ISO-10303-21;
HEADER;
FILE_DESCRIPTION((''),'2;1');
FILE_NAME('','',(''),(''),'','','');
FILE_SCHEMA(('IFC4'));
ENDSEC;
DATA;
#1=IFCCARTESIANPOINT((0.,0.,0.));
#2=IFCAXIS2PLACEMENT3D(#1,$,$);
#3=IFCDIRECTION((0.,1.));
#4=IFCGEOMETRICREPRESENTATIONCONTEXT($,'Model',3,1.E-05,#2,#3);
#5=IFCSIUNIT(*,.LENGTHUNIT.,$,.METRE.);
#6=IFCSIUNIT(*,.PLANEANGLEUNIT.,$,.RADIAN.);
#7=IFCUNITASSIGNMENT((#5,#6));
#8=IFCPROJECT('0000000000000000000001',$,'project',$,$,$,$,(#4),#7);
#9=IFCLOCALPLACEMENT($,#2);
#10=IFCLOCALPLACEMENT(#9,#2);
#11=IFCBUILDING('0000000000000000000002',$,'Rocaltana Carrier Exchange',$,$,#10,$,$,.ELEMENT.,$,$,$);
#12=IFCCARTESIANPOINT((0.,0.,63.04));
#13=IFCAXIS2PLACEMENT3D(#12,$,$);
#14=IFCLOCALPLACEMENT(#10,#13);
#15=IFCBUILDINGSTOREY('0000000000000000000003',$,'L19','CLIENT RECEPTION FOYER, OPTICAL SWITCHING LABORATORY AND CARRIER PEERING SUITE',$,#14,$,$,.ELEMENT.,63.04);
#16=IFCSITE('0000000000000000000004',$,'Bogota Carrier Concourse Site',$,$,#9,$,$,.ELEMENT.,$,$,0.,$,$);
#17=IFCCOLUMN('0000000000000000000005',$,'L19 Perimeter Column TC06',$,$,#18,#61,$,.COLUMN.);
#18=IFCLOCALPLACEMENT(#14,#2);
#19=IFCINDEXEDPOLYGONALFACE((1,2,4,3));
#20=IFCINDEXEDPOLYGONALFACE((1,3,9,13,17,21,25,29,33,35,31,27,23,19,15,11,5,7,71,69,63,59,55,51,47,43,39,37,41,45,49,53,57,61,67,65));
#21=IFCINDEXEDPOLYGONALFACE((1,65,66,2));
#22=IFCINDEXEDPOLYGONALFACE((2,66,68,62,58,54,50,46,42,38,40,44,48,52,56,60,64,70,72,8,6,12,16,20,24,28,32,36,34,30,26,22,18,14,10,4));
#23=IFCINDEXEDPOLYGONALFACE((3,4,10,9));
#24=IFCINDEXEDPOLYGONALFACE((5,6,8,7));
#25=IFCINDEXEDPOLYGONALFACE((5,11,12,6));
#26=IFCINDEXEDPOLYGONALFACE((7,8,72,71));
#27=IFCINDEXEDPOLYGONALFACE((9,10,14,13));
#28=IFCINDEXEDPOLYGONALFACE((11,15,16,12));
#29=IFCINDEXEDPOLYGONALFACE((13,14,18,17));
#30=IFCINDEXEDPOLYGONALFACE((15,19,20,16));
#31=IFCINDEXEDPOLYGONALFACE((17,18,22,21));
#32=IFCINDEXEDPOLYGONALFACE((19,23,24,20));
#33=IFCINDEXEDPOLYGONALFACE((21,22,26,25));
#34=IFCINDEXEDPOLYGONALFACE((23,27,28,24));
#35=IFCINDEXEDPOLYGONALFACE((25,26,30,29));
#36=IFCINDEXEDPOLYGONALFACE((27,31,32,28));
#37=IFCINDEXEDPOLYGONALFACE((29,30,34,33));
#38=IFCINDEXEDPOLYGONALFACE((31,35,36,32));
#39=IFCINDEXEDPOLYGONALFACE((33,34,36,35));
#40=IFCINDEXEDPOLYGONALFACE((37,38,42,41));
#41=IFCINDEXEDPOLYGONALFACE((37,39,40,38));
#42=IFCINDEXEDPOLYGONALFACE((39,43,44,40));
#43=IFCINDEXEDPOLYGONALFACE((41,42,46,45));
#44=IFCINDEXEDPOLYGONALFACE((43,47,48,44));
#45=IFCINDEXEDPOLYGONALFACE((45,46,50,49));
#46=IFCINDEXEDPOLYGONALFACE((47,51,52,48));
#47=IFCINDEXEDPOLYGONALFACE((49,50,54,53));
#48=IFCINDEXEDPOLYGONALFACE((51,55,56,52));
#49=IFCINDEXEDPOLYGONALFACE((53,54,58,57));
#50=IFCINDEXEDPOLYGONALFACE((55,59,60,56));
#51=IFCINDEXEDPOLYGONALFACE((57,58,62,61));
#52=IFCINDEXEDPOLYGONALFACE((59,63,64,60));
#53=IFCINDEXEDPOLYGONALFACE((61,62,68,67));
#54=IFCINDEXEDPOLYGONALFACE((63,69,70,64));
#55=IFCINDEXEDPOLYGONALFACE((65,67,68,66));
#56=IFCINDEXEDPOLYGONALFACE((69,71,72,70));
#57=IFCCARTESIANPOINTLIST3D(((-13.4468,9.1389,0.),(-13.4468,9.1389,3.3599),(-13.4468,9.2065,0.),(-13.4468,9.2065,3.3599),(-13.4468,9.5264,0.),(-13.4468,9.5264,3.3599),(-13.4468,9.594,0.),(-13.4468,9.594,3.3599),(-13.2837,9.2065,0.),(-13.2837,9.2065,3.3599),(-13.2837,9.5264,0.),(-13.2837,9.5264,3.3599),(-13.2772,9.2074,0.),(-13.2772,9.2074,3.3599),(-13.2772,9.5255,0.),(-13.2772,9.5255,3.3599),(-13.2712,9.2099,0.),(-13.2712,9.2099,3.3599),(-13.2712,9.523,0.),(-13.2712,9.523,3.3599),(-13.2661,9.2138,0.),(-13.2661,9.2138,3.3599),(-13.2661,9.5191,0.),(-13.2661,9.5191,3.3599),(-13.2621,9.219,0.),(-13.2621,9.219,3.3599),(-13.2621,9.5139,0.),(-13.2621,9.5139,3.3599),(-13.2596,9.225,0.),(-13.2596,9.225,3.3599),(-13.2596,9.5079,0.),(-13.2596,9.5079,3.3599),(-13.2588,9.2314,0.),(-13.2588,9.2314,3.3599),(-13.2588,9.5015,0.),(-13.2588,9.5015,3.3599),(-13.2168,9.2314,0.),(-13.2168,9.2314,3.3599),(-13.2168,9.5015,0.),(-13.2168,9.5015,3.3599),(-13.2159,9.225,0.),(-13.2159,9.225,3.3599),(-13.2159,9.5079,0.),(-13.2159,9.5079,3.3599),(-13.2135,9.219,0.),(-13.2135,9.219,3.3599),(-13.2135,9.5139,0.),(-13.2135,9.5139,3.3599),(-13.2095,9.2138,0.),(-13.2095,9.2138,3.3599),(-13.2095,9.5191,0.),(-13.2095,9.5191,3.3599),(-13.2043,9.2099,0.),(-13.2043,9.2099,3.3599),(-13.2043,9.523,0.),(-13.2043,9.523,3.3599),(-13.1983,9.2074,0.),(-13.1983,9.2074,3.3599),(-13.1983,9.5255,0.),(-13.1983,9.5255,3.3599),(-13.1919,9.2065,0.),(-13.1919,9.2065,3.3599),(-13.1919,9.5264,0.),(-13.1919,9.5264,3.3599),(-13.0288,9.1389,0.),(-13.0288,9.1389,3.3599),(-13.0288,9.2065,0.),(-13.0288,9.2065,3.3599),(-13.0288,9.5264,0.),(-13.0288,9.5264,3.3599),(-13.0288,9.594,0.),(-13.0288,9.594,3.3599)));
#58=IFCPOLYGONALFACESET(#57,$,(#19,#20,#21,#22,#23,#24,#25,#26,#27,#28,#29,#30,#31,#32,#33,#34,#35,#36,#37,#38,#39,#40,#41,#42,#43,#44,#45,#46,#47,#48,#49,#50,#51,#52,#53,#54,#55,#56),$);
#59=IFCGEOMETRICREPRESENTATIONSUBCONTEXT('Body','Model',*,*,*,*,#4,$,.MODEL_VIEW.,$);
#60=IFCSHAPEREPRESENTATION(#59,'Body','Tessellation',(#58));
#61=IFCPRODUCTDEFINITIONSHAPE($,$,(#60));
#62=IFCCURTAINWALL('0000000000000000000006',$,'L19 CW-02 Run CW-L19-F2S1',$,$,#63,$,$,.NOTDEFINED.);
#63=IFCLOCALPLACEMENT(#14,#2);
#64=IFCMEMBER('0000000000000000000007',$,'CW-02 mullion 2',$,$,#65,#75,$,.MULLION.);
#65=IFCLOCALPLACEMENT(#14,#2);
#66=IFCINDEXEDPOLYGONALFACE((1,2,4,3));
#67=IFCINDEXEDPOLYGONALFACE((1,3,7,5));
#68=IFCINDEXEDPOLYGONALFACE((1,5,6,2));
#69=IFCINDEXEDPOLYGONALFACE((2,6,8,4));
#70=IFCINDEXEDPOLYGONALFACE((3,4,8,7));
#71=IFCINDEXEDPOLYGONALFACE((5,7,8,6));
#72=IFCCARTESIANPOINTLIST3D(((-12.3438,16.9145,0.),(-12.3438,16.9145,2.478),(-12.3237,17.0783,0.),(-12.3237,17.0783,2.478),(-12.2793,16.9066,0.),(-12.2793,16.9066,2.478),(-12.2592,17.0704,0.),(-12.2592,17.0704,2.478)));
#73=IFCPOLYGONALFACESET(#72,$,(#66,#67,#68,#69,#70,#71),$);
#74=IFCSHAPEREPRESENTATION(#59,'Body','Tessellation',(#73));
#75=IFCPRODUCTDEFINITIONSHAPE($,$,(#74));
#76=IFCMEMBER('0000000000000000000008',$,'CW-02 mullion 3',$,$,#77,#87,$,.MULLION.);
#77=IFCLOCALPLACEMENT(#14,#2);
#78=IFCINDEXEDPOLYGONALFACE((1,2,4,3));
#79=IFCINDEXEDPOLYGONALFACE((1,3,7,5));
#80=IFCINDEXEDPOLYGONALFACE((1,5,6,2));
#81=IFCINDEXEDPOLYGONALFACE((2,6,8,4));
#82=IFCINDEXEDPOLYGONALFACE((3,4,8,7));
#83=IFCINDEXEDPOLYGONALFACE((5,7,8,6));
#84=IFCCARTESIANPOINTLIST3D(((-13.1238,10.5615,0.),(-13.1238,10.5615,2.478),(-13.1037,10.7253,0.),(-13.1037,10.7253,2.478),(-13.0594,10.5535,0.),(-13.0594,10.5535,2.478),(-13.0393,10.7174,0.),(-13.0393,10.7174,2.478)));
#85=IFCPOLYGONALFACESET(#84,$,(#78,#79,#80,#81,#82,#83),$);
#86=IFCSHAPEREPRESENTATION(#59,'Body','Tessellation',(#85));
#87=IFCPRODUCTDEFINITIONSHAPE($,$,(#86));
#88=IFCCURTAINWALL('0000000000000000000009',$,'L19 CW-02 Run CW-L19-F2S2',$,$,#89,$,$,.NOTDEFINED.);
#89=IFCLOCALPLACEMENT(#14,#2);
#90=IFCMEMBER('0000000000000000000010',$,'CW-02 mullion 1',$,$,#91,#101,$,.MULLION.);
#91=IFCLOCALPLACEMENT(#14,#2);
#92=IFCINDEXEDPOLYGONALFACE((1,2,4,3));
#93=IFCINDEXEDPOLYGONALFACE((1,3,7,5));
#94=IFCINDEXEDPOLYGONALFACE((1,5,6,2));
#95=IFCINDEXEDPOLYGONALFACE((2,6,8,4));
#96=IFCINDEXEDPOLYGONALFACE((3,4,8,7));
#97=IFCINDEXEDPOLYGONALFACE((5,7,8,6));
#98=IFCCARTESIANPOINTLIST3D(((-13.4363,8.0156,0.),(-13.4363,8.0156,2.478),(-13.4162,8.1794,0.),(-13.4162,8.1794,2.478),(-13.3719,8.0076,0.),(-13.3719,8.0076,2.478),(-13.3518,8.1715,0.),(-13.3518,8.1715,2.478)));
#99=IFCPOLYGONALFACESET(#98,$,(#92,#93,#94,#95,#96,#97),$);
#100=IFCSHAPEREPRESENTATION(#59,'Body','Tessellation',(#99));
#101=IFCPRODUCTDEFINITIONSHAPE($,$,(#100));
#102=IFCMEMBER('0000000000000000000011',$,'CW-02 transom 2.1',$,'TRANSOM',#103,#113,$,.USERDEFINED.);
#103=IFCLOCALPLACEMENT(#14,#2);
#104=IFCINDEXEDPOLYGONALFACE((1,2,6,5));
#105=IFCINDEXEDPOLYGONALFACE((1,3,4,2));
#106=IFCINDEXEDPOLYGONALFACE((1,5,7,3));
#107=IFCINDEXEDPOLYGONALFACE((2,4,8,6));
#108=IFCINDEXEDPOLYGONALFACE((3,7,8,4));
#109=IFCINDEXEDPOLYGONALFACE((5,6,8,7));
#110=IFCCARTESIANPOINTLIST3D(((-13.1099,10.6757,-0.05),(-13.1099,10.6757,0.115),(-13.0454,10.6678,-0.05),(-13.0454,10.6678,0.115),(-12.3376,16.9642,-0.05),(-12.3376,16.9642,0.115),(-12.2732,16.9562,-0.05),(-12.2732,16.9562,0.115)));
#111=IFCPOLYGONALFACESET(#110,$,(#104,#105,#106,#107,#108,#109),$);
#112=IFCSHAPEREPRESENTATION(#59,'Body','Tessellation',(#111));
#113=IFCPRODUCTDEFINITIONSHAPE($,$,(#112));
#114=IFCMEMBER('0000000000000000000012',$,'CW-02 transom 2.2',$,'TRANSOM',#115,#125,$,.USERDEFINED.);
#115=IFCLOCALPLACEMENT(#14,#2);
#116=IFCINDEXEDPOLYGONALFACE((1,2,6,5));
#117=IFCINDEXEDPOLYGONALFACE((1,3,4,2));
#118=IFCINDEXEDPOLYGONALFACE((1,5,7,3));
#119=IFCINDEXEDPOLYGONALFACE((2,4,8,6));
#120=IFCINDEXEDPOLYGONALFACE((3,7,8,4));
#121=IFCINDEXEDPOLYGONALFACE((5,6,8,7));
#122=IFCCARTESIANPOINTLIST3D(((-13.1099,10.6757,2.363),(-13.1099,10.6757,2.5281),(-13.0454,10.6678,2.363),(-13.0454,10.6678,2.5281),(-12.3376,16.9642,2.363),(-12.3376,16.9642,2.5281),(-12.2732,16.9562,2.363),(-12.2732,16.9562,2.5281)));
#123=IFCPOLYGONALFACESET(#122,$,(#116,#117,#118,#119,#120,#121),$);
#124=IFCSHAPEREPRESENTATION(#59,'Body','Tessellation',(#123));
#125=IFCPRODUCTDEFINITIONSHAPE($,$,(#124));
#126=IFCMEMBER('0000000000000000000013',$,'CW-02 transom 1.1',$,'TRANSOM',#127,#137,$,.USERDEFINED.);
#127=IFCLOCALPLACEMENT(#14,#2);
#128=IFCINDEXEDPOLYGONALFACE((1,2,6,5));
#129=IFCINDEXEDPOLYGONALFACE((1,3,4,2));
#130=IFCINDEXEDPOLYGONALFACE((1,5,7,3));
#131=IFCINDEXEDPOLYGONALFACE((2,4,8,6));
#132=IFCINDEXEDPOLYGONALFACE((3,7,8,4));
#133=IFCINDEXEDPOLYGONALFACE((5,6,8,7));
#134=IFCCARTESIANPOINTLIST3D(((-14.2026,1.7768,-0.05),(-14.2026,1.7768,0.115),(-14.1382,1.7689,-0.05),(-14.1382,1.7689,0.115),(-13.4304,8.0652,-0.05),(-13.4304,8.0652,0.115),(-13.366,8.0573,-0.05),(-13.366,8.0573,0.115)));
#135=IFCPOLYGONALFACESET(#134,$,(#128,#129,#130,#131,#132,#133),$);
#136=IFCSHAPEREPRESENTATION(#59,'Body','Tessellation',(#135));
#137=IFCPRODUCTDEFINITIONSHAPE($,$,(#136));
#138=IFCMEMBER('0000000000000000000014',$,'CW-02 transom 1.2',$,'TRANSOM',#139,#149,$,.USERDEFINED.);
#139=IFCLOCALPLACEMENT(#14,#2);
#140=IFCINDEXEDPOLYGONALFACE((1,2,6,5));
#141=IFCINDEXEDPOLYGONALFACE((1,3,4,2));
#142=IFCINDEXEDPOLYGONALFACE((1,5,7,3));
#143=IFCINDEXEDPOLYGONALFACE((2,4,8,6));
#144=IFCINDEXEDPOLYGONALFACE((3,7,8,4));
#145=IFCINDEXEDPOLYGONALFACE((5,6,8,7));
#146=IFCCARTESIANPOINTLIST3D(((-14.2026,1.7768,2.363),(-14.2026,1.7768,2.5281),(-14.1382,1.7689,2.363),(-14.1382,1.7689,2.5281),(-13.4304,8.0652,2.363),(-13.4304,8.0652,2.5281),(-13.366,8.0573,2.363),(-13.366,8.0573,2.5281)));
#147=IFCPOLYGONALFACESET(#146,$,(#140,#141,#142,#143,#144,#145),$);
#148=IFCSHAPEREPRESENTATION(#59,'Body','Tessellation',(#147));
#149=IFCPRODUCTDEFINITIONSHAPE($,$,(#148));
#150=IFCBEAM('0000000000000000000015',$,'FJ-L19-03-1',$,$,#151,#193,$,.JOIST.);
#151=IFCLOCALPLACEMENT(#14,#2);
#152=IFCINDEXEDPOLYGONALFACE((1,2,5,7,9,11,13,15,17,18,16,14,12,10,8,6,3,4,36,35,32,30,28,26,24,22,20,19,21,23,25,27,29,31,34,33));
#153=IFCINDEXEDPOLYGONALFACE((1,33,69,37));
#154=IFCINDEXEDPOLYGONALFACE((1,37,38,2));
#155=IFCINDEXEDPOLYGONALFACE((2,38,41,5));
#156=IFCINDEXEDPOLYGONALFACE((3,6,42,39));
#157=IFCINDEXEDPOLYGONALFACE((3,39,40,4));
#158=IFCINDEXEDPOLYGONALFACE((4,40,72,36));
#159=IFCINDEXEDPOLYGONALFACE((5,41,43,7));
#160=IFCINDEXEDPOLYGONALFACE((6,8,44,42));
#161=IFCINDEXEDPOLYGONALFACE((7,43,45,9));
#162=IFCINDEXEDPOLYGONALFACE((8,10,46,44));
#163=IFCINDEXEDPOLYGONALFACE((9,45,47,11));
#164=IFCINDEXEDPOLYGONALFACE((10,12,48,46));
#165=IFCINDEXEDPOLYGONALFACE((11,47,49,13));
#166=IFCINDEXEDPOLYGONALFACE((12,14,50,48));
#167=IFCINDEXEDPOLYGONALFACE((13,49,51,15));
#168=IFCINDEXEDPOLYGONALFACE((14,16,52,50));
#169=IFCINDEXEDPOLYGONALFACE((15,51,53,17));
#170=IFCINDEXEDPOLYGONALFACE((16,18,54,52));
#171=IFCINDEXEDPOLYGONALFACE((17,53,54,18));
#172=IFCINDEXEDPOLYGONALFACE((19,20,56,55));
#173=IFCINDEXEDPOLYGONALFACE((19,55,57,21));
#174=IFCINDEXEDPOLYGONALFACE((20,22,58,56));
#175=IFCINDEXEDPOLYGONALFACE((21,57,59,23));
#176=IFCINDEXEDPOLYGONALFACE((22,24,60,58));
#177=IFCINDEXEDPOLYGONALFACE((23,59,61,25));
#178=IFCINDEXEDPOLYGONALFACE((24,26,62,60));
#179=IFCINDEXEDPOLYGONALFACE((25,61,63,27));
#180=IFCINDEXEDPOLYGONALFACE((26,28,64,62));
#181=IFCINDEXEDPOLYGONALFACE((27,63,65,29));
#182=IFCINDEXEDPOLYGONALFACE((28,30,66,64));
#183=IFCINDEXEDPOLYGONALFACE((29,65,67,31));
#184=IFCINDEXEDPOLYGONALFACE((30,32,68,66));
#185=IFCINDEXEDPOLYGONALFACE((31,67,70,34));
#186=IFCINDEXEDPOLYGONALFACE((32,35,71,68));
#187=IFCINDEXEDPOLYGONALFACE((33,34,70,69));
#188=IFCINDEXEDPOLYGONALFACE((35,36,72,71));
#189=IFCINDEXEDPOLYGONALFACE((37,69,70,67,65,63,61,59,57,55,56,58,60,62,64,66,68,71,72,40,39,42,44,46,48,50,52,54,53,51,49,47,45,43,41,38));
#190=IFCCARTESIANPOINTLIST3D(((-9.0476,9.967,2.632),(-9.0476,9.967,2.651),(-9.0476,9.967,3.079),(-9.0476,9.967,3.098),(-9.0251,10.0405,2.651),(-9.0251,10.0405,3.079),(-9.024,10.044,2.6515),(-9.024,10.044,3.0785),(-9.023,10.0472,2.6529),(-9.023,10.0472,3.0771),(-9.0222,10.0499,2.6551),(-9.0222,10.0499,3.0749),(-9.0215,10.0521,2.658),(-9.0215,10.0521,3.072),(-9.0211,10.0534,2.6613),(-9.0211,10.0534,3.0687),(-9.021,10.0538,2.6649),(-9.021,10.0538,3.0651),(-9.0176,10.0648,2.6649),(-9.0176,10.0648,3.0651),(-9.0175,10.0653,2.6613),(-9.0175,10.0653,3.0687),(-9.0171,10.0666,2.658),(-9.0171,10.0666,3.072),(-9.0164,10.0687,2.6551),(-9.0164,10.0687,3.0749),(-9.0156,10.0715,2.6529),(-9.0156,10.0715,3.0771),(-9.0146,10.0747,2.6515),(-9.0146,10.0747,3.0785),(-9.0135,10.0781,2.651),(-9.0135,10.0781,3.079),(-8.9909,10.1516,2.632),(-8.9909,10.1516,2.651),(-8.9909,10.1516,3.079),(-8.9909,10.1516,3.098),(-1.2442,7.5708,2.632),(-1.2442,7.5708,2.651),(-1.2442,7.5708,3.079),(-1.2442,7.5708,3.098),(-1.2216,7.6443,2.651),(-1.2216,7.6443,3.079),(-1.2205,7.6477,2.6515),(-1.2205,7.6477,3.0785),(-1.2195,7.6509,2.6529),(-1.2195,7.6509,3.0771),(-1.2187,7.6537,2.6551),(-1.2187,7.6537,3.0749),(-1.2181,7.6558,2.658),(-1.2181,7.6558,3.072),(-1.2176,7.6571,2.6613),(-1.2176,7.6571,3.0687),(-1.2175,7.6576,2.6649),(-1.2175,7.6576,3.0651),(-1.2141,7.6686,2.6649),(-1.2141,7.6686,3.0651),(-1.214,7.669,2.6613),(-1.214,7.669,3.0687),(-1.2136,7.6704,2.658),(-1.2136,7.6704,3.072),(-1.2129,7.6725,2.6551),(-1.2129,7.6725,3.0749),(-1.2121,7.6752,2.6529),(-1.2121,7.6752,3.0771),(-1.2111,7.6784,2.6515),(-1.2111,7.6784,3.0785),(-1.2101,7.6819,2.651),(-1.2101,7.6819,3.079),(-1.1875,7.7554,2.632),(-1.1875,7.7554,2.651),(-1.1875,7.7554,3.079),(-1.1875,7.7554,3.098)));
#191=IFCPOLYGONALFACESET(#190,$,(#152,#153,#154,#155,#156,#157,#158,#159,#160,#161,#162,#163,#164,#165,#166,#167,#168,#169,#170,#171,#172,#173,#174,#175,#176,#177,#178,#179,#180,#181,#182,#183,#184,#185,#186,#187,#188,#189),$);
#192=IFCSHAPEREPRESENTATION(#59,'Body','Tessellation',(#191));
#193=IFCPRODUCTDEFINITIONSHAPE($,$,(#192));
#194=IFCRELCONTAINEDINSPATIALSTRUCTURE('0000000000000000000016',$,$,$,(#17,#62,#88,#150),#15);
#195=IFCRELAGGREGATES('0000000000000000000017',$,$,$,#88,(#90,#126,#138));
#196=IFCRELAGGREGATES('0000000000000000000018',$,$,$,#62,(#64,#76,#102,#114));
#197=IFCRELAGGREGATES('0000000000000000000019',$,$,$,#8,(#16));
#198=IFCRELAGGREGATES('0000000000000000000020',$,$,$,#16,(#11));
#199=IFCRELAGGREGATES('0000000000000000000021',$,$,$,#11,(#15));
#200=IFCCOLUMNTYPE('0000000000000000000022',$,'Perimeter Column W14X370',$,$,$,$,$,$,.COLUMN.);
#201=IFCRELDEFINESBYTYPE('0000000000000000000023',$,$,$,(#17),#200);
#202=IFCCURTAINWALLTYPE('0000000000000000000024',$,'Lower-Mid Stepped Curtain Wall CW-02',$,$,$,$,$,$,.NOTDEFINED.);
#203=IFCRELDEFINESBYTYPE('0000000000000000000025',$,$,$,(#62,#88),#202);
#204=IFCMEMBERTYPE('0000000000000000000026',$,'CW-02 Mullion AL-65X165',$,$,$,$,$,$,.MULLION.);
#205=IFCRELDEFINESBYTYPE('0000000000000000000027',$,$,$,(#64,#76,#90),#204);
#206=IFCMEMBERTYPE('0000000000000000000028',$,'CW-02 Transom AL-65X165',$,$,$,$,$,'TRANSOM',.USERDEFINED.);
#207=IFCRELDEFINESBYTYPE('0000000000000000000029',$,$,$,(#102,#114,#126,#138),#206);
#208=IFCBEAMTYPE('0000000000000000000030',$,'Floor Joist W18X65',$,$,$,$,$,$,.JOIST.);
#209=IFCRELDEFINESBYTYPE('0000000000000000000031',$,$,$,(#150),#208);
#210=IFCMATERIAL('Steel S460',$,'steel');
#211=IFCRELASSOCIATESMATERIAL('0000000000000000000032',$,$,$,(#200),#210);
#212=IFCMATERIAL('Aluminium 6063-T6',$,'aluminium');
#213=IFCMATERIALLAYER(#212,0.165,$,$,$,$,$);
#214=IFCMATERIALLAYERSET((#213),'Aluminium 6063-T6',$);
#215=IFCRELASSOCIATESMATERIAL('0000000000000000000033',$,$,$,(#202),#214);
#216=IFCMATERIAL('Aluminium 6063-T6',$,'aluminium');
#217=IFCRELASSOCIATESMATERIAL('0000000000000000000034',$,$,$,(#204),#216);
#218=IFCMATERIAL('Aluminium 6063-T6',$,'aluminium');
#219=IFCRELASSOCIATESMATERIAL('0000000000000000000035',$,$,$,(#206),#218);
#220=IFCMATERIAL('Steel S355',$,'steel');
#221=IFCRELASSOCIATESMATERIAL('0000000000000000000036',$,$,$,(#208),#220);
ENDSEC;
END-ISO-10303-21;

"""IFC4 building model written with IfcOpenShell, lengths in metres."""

from ifc_helpers import new_model, si_unit, direction, frame, origin, origin_2d, place, context, subcontext, project, spatial, rectangle, i_section, extrude, material, layer, layer_set, material_profile, profile_set, type_object, element, aggregate, save


model = new_model("IFC4")

# Units and contexts
model_context = context("Model", 3, precision=1e-05, world=origin(), true_north=direction((0.0, 1.0)))
body_context = subcontext(model_context, "Body", "Model", "MODEL_VIEW")
ifc_project = project(units=[si_unit("LENGTHUNIT", "METRE"), si_unit("PLANEANGLEUNIT", "RADIAN")], contexts=[model_context])

# Site, building, storey
site_placement = place(None, origin())
site = spatial("IfcSite", under=ifc_project, at=site_placement, Name="Bogota Carrier Concourse Site", CompositionType="ELEMENT", RefElevation=0.0)
building_placement = place(site_placement, origin())
building = spatial("IfcBuilding", under=site, at=building_placement, Name="Rocaltana Carrier Exchange", CompositionType="ELEMENT")
storey_placement = place(building_placement, frame((0.0, 0.0, 63.04)))
storey = spatial("IfcBuildingStorey", under=building, at=storey_placement, Name="L19", Description="CLIENT RECEPTION FOYER, OPTICAL SWITCHING LABORATORY AND CARRIER PEERING SUITE", CompositionType="ELEMENT", Elevation=63.04)

# Column
ifc_material_1 = material(Name="Steel S460", Category="steel")
ifc_material_profile_1 = material_profile(ifc_material_1, i_section(OverallWidth=0.418, OverallDepth=0.4551, WebThickness=0.042, FlangeThickness=0.0676, FilletRadius=0.0249, at=origin_2d()), Name="W14X370")
ifc_profile_set_1 = profile_set([ifc_material_profile_1], Name="Steel S460")
column_type = type_object("IfcColumnType", Name="Perimeter Column W14X370", PredefinedType="COLUMN", material=ifc_profile_set_1)
column_placement = place(storey_placement, frame((-13.2378, 9.3665, 0.0), z_axis=(0.0, 0.0, 1.0), x_axis=(1.0, 0.0, 0.0)))
element("IfcColumn", 1, at=column_placement, inside=storey, type_object=column_type, Name="L19 Perimeter Column TC06", PredefinedType="COLUMN", context=body_context, shape_type="SweptSolid", body=[
    extrude(i_section(OverallWidth=0.418, OverallDepth=0.4551, WebThickness=0.042, FlangeThickness=0.0676, FilletRadius=0.0249, at=origin_2d()), origin(), (0.0, 0.0, 1.0), 3.3599),
])

# Curtain wall, members
ifc_material_2 = material(Name="Aluminium 6063-T6", Category="aluminium")
ifc_layer_1 = layer(ifc_material_2, 0.165)
ifc_layer_set_1 = layer_set([ifc_layer_1], Name="Aluminium 6063-T6")
curtain_wall_type = type_object("IfcCurtainWallType", Name="Lower-Mid Stepped Curtain Wall CW-02", PredefinedType="NOTDEFINED", material=ifc_layer_set_1)
curtain_wall_1_placement = place(storey_placement, origin())
curtain_wall_1 = element("IfcCurtainWall", 2, at=curtain_wall_1_placement, inside=storey, type_object=curtain_wall_type, Name="L19 CW-02 Run CW-L19-F2S1", PredefinedType="NOTDEFINED")
ifc_material_3 = material(Name="Aluminium 6063-T6", Category="aluminium")
ifc_material_profile_2 = material_profile(ifc_material_3, rectangle(XDim=0.0649, YDim=0.165, at=origin_2d()), Name="AL-65X165")
ifc_profile_set_2 = profile_set([ifc_material_profile_2], Name="Aluminium 6063-T6")
member_type_1 = type_object("IfcMemberType", Name="CW-02 Mullion AL-65X165", PredefinedType="MULLION", material=ifc_profile_set_2)
member_1_placement = place(storey_placement, frame((-12.3015, 16.9924, 0.0), z_axis=(0.0, 0.0, 1.0), x_axis=(0.992546, -0.121873, 0.0)))
member_1 = element("IfcMember", 3, at=member_1_placement, type_object=member_type_1, Name="CW-02 mullion 2", PredefinedType="MULLION", context=body_context, shape_type="SweptSolid", body=[
    extrude(rectangle(XDim=0.0649, YDim=0.165, at=origin_2d()), origin(), (0.0, 0.0, 1.0), 2.478),
])
member_2_placement = place(storey_placement, frame((-13.0815, 10.6394, 0.0), z_axis=(0.0, 0.0, 1.0), x_axis=(0.992546, -0.121873, 0.0)))
member_2 = element("IfcMember", 4, at=member_2_placement, type_object=member_type_1, Name="CW-02 mullion 3", PredefinedType="MULLION", context=body_context, shape_type="SweptSolid", body=[
    extrude(rectangle(XDim=0.0649, YDim=0.165, at=origin_2d()), origin(), (0.0, 0.0, 1.0), 2.478),
])

# Curtain wall, member
curtain_wall_2_placement = place(storey_placement, origin())
curtain_wall_2 = element("IfcCurtainWall", 5, at=curtain_wall_2_placement, inside=storey, type_object=curtain_wall_type, Name="L19 CW-02 Run CW-L19-F2S2", PredefinedType="NOTDEFINED")
member_3_placement = place(storey_placement, frame((-13.394, 8.0935, 0.0), z_axis=(0.0, 0.0, 1.0), x_axis=(0.992546, -0.121874, 0.0)))
member_3 = element("IfcMember", 6, at=member_3_placement, type_object=member_type_1, Name="CW-02 mullion 1", PredefinedType="MULLION", context=body_context, shape_type="SweptSolid", body=[
    extrude(rectangle(XDim=0.0649, YDim=0.165, at=origin_2d()), origin(), (0.0, 0.0, 1.0), 2.478),
])

# Members
ifc_material_4 = material(Name="Aluminium 6063-T6", Category="aluminium")
ifc_material_profile_3 = material_profile(ifc_material_4, rectangle(XDim=0.0649, YDim=0.165, at=origin_2d()), Name="AL-65X165")
ifc_profile_set_3 = profile_set([ifc_material_profile_3], Name="Aluminium 6063-T6")
member_type_2 = type_object("IfcMemberType", Name="CW-02 Transom AL-65X165", ElementType="TRANSOM", PredefinedType="USERDEFINED", material=ifc_profile_set_3)
member_4_placement = place(storey_placement, frame((-12.3054, 16.9602, 0.0325), z_axis=(-0.121881, -0.992545, 0.0), x_axis=(0.992545, -0.121881, 0.0)))
member_4 = element("IfcMember", 7, at=member_4_placement, type_object=member_type_2, Name="CW-02 transom 2.1", ObjectType="TRANSOM", PredefinedType="USERDEFINED", context=body_context, shape_type="SweptSolid", body=[
    extrude(rectangle(XDim=0.0649, YDim=0.165, at=origin_2d()), origin(), (0.0, 0.0, 1.0), 6.3357),
])
member_5_placement = place(storey_placement, frame((-12.3054, 16.9602, 2.4456), z_axis=(-0.121881, -0.992545, 0.0), x_axis=(0.992545, -0.121881, 0.0)))
member_5 = element("IfcMember", 8, at=member_5_placement, type_object=member_type_2, Name="CW-02 transom 2.2", ObjectType="TRANSOM", PredefinedType="USERDEFINED", context=body_context, shape_type="SweptSolid", body=[
    extrude(rectangle(XDim=0.0649, YDim=0.165, at=origin_2d()), origin(), (0.0, 0.0, 1.0), 6.3357),
])
member_6_placement = place(storey_placement, frame((-13.3982, 8.0613, 0.0325), z_axis=(-0.121881, -0.992545, 0.0), x_axis=(0.992545, -0.121881, 0.0)))
member_6 = element("IfcMember", 9, at=member_6_placement, type_object=member_type_2, Name="CW-02 transom 1.1", ObjectType="TRANSOM", PredefinedType="USERDEFINED", context=body_context, shape_type="SweptSolid", body=[
    extrude(rectangle(XDim=0.0649, YDim=0.165, at=origin_2d()), origin(), (0.0, 0.0, 1.0), 6.3357),
])
member_7_placement = place(storey_placement, frame((-13.3982, 8.0613, 2.4456), z_axis=(-0.121881, -0.992545, 0.0), x_axis=(0.992545, -0.121881, 0.0)))
member_7 = element("IfcMember", 10, at=member_7_placement, type_object=member_type_2, Name="CW-02 transom 1.2", ObjectType="TRANSOM", PredefinedType="USERDEFINED", context=body_context, shape_type="SweptSolid", body=[
    extrude(rectangle(XDim=0.0649, YDim=0.165, at=origin_2d()), origin(), (0.0, 0.0, 1.0), 6.3357),
])
aggregate(curtain_wall_2, [member_3, member_6, member_7])

# Beam
ifc_material_5 = material(Name="Steel S355", Category="steel")
ifc_material_profile_4 = material_profile(ifc_material_5, i_section(OverallWidth=0.1931, OverallDepth=0.4661, WebThickness=0.0115, FlangeThickness=0.019, FilletRadius=0.0139, at=origin_2d()), Name="W18X65")
ifc_profile_set_4 = profile_set([ifc_material_profile_4], Name="Steel S355")
beam_type_1 = type_object("IfcBeamType", Name="Floor Joist W18X65", PredefinedType="JOIST", material=ifc_profile_set_4)
beam_1_placement = place(storey_placement, frame((-1.2158, 7.6631, 2.865), z_axis=(-0.955945, 0.293546, 0.0), x_axis=(-0.293546, -0.955945, 0.0)))
element("IfcBeam", 11, at=beam_1_placement, inside=storey, type_object=beam_type_1, Name="FJ-L19-03-1", PredefinedType="JOIST", context=body_context, shape_type="SweptSolid", body=[
    extrude(i_section(OverallWidth=0.1931, OverallDepth=0.4661, WebThickness=0.0115, FlangeThickness=0.019, FilletRadius=0.0139, at=origin_2d()), origin(), (0.0, 0.0, 1.0), 8.1631),
])

aggregate(curtain_wall_1, [member_1, member_2, member_4, member_5])

save(model, "model.ifc")
